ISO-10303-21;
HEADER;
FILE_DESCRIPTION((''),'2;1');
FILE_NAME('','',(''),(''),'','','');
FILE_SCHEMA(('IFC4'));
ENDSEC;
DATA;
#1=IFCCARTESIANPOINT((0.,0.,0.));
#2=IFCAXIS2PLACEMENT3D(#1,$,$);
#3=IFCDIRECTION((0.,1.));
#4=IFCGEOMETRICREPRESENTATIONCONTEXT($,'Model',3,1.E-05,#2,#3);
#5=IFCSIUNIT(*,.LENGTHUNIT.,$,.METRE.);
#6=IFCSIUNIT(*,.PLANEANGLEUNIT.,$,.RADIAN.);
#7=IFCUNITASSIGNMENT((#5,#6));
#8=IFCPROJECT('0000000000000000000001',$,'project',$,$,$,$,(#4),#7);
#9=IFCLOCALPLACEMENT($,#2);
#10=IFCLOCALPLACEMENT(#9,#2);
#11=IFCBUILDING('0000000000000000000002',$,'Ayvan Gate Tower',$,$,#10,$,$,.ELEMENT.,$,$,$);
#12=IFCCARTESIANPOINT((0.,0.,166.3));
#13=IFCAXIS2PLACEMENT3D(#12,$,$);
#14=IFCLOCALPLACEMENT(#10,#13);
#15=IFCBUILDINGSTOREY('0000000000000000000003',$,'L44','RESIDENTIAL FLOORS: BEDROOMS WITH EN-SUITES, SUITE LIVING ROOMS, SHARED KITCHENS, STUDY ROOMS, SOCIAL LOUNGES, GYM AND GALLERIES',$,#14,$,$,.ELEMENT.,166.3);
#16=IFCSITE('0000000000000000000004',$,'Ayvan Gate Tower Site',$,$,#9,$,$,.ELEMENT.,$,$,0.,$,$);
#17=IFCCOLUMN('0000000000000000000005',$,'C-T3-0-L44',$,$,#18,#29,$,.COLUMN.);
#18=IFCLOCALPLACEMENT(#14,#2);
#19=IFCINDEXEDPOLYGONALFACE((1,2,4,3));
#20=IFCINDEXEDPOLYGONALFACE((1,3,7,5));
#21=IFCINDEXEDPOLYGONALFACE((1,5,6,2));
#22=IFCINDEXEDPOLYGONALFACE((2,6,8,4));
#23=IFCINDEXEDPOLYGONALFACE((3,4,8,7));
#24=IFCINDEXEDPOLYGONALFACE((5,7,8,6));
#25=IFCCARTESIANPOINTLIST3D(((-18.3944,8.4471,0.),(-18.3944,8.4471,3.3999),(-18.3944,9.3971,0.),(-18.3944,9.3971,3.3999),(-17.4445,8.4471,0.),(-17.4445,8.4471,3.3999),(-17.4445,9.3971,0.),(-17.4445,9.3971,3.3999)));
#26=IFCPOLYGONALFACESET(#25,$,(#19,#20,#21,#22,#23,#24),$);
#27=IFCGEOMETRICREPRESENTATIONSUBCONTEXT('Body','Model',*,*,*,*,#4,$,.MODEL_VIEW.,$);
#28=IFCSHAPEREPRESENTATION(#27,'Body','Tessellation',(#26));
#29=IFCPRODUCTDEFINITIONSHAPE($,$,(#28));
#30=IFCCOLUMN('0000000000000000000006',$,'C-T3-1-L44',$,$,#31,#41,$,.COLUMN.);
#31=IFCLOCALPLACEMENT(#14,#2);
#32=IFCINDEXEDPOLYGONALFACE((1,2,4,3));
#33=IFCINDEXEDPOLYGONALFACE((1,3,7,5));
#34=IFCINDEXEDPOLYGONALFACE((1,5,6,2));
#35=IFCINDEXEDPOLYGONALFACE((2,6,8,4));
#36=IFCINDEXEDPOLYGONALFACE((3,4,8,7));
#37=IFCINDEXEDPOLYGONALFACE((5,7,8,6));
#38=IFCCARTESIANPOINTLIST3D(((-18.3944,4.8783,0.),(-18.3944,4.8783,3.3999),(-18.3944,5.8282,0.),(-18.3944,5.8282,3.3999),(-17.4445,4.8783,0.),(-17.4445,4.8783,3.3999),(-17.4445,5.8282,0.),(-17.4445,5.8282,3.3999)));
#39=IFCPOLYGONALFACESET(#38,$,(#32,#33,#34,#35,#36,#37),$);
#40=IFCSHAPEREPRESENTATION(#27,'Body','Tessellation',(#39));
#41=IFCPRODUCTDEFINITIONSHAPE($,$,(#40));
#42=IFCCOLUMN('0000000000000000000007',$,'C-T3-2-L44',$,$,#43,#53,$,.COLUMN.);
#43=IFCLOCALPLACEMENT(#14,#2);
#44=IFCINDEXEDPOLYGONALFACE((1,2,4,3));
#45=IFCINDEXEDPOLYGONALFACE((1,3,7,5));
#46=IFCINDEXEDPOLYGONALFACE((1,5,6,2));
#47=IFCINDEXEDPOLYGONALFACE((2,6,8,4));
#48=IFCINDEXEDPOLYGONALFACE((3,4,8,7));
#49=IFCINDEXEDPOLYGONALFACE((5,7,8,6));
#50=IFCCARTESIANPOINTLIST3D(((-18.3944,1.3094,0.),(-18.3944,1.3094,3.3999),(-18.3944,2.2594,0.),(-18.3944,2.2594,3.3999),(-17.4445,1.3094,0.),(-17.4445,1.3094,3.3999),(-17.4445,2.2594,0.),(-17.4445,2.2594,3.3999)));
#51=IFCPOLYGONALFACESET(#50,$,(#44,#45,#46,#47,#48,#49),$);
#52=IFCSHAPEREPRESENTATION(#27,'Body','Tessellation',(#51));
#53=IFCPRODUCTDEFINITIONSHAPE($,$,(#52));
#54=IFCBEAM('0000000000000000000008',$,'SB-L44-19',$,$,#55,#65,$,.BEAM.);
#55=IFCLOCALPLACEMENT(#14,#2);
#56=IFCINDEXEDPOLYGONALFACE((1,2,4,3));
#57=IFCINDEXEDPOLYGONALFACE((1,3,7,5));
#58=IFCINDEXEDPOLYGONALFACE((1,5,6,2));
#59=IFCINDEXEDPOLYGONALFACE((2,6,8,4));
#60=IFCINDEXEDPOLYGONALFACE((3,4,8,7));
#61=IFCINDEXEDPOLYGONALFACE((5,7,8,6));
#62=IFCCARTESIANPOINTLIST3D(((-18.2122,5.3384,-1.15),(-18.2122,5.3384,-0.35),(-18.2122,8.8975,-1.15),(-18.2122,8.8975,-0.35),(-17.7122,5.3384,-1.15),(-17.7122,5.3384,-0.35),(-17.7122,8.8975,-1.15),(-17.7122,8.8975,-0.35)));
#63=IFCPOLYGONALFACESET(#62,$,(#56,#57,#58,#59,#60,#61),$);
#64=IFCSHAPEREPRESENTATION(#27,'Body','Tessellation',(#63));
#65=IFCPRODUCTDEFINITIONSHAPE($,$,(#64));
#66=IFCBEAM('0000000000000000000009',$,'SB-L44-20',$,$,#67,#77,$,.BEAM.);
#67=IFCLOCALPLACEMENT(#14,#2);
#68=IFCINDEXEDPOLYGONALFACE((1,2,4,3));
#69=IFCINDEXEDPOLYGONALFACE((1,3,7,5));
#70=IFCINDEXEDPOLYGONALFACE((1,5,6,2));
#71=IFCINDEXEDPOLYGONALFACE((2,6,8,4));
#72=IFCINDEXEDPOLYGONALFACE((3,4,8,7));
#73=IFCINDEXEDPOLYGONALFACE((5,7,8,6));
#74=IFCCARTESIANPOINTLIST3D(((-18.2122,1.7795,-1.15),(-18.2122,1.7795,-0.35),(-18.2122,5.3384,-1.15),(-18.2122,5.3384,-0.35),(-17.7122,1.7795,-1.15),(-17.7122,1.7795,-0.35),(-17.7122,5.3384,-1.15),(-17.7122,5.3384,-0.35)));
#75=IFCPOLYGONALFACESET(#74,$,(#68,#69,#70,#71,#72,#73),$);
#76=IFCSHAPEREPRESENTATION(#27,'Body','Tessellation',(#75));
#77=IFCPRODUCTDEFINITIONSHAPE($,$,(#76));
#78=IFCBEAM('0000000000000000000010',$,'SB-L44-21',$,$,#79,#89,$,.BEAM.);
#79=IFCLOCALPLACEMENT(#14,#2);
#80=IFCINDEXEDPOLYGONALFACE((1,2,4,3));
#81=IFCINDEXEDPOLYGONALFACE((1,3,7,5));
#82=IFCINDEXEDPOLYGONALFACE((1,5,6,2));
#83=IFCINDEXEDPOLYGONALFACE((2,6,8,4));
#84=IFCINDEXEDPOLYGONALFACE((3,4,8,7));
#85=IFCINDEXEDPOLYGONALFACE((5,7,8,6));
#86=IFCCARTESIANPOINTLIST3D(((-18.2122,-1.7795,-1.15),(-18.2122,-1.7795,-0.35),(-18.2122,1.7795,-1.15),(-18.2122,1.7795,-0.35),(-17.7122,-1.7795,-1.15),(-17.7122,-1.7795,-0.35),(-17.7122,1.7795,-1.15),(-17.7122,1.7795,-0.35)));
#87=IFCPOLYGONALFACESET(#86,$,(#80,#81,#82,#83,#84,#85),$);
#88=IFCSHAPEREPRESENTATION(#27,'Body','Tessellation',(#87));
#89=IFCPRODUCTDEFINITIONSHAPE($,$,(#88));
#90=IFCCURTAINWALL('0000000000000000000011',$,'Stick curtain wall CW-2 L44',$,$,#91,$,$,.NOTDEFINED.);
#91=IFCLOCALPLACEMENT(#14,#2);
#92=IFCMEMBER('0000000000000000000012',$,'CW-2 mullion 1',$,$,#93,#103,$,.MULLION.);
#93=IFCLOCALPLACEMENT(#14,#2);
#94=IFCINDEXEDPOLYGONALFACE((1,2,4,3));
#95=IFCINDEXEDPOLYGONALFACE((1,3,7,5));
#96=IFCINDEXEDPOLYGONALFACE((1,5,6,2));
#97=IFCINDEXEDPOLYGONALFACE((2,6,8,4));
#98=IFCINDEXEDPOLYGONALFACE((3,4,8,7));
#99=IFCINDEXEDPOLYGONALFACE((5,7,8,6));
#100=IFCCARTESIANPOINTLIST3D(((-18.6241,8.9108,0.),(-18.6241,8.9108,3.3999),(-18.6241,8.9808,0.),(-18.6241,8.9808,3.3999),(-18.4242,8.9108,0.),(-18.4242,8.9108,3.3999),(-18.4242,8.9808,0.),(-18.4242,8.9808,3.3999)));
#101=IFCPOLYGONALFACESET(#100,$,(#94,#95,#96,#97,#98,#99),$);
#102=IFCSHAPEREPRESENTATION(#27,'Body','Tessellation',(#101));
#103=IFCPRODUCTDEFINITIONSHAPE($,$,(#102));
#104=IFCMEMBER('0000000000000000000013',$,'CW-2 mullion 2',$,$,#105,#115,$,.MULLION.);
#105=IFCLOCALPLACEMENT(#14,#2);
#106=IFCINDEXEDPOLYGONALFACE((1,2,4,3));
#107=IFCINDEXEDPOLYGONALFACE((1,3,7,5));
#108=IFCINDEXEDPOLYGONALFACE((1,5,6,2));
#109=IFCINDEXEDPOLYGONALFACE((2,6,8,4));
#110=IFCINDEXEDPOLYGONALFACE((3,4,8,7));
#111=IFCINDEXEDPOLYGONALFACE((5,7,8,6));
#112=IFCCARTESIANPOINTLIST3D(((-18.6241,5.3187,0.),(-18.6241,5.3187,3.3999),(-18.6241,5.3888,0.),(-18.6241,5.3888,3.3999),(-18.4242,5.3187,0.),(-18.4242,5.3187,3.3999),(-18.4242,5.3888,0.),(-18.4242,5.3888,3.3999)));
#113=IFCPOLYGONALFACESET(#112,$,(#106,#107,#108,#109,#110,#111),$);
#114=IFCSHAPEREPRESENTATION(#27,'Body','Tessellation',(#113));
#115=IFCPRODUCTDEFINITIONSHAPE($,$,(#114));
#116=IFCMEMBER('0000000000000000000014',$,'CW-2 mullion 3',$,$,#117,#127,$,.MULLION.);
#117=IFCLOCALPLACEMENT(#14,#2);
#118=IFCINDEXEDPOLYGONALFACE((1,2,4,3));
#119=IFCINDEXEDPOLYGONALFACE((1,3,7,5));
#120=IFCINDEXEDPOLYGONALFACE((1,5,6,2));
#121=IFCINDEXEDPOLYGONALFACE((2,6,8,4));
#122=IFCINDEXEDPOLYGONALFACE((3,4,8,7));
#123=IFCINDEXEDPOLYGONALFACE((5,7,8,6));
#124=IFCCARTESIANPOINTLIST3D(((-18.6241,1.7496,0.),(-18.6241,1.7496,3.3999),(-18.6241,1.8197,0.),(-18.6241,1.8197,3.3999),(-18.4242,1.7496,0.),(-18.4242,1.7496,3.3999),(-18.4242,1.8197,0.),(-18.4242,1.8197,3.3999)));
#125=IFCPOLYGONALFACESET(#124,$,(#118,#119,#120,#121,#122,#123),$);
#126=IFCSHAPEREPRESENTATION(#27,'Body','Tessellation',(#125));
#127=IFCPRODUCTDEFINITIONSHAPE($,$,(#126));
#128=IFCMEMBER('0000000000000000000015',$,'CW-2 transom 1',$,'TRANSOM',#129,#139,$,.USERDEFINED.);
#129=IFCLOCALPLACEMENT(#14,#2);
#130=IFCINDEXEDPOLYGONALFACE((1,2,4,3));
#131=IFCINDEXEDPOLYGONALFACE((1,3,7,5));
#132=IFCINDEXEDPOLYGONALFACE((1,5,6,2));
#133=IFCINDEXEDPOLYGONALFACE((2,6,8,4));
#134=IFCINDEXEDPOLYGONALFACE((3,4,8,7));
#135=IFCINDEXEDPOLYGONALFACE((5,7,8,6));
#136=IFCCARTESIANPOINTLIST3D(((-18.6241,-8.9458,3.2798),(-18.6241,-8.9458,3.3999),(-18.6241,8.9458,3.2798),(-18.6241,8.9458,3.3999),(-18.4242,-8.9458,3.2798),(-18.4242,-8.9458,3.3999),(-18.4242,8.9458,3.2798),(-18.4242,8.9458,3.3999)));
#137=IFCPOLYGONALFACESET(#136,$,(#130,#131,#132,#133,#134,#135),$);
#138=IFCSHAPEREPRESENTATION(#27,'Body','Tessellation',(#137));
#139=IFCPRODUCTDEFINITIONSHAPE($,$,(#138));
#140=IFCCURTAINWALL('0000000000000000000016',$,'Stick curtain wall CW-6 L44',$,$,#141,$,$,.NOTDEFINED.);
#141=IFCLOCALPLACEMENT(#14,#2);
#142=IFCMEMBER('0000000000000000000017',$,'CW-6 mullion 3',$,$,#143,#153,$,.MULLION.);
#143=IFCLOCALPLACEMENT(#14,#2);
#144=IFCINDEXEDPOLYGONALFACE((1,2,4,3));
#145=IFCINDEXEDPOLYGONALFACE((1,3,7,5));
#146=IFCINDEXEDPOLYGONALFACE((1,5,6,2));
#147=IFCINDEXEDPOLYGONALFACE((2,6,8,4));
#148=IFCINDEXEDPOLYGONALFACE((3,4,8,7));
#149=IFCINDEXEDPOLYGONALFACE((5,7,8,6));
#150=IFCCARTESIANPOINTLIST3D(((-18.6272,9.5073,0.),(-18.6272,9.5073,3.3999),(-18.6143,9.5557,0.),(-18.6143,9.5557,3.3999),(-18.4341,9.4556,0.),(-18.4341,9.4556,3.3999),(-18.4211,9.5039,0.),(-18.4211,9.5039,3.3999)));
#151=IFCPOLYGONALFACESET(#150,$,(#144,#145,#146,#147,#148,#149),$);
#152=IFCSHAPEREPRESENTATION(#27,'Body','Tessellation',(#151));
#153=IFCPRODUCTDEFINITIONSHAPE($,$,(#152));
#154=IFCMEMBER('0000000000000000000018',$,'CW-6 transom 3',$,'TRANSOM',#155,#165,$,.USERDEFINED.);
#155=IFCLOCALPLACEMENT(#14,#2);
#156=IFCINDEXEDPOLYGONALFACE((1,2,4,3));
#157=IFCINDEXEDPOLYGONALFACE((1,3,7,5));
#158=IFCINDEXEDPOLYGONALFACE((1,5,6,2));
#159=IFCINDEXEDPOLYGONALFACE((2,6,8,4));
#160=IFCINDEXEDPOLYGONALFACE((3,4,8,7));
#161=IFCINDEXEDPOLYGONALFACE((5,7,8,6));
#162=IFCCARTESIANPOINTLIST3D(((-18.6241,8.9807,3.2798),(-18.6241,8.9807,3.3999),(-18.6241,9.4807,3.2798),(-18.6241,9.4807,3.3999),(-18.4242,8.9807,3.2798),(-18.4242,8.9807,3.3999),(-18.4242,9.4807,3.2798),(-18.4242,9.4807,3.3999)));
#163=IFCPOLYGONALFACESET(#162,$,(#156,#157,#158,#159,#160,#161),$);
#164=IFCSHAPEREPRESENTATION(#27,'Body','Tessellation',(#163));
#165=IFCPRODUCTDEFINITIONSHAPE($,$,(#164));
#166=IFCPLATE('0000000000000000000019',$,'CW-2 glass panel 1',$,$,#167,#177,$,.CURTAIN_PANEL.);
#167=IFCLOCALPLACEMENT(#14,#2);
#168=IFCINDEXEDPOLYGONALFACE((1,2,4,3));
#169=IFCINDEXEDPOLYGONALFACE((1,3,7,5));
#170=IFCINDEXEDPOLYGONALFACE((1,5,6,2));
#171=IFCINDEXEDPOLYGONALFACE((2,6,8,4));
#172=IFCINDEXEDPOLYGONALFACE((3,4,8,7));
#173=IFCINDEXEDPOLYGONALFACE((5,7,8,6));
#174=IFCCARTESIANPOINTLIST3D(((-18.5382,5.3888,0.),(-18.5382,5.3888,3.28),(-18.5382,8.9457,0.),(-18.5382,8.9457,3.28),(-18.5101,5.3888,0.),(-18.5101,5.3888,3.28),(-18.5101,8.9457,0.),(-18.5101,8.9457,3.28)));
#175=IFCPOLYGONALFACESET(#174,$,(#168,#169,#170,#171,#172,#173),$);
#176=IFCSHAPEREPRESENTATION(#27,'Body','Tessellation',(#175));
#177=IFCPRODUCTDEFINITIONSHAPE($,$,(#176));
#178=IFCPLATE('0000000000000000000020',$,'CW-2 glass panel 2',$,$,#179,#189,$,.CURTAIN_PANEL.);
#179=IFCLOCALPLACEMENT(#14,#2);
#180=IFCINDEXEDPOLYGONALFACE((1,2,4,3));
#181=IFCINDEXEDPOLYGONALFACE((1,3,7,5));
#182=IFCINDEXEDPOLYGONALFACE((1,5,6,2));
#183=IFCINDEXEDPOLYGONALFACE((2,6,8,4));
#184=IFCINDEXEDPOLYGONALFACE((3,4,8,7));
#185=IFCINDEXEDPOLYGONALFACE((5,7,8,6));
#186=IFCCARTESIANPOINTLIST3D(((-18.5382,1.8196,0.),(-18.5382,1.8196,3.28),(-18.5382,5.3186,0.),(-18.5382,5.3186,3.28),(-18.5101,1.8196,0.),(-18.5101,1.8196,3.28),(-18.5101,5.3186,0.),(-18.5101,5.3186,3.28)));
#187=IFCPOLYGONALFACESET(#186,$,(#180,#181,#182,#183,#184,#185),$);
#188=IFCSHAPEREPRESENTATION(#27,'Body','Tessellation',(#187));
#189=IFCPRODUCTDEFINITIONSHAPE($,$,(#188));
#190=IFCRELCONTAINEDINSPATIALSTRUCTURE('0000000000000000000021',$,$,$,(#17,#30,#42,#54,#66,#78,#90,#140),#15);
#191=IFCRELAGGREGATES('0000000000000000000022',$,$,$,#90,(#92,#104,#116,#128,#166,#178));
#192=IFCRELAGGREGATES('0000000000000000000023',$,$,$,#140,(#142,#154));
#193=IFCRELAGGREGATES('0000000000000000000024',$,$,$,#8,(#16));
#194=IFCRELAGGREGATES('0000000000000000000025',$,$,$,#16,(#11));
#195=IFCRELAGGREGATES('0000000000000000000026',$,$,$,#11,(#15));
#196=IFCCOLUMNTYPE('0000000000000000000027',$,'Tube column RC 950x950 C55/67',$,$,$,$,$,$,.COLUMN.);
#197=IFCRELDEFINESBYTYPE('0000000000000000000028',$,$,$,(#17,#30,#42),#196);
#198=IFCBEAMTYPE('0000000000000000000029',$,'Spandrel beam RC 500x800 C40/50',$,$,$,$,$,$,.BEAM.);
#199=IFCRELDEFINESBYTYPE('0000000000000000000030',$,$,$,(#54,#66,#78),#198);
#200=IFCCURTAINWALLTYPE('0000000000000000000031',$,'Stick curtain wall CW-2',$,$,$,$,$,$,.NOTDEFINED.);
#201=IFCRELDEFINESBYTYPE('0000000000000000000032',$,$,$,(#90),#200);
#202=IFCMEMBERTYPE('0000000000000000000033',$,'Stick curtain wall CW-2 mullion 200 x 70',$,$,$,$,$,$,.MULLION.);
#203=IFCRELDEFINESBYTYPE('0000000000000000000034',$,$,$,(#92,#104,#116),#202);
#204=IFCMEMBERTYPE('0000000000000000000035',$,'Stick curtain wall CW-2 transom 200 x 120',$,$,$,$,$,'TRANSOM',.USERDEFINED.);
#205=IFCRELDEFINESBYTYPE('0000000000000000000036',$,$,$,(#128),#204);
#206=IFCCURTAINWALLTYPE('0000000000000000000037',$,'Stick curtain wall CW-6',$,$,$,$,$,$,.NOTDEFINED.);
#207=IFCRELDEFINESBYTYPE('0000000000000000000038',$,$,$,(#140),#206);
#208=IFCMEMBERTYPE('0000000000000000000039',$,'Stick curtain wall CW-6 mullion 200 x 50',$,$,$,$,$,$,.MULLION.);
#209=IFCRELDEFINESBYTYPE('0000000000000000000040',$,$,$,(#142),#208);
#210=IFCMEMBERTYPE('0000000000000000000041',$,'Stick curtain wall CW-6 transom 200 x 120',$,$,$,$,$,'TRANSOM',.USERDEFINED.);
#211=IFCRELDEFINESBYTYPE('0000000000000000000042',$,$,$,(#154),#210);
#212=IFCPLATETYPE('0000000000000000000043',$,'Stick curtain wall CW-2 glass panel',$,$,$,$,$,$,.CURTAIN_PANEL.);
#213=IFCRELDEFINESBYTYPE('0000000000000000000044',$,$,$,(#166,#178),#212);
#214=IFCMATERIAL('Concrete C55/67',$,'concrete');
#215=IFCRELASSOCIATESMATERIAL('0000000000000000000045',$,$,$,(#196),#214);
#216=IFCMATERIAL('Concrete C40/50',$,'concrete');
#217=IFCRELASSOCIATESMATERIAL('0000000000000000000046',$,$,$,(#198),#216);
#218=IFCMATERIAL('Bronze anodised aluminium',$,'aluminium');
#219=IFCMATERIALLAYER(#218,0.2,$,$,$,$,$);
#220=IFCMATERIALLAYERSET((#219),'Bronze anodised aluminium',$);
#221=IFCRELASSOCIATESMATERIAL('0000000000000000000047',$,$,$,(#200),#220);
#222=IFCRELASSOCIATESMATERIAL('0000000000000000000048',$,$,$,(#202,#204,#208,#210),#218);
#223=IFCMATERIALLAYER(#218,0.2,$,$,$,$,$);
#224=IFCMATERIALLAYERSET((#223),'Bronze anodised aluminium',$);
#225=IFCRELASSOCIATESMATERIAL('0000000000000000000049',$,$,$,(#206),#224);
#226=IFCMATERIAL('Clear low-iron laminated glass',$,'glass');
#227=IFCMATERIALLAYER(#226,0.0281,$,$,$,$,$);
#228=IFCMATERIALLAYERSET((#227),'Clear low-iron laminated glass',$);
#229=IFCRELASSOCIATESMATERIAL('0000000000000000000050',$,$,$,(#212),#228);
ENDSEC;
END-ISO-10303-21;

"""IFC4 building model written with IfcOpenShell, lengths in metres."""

from ifc_helpers import new_model, si_unit, direction, frame, origin, origin_2d, place, context, subcontext, project, spatial, rectangle, extrude, material, layer, layer_set, material_profile, profile_set, type_object, element, aggregate, save


model = new_model("IFC4")

# Units and contexts
model_context = context("Model", 3, precision=1e-05, world=origin(), true_north=direction((0.0, 1.0)))
body_context = subcontext(model_context, "Body", "Model", "MODEL_VIEW")
ifc_project = project(units=[si_unit("LENGTHUNIT", "METRE"), si_unit("PLANEANGLEUNIT", "RADIAN")], contexts=[model_context])

# Site, building, storey
site_placement = place(None, origin())
site = spatial("IfcSite", under=ifc_project, at=site_placement, Name="Ayvan Gate Tower Site", CompositionType="ELEMENT", RefElevation=0.0)
building_placement = place(site_placement, origin())
building = spatial("IfcBuilding", under=site, at=building_placement, Name="Ayvan Gate Tower", CompositionType="ELEMENT")
storey_placement = place(building_placement, frame((0.0, 0.0, 166.3)))
storey = spatial("IfcBuildingStorey", under=building, at=storey_placement, Name="L44", Description="RESIDENTIAL FLOORS: BEDROOMS WITH EN-SUITES, SUITE LIVING ROOMS, SHARED KITCHENS, STUDY ROOMS, SOCIAL LOUNGES, GYM AND GALLERIES", CompositionType="ELEMENT", Elevation=166.3)

# Columns
ifc_material_1 = material(Name="Concrete C55/67", Category="concrete")
ifc_material_profile_1 = material_profile(ifc_material_1, rectangle(XDim=0.95, YDim=0.95, at=origin_2d()), Name="RC 950x950")
ifc_profile_set_1 = profile_set([ifc_material_profile_1], Name="Concrete C55/67")
column_type = type_object("IfcColumnType", Name="Tube column RC 950x950 C55/67", PredefinedType="COLUMN", material=ifc_profile_set_1)
for number, where, z_axis, x_axis, name in (
    (1, (-17.9194, 8.9221, 0.0), (0.0, 0.0, 1.0), (-1.0, 0.0, 0.0), "C-T3-0-L44"),
    (2, (-17.9194, 5.3533, 0.0), (0.0, 0.0, 1.0), (-1.0, 0.0, 0.0), "C-T3-1-L44"),
    (3, (-17.9194, 1.7844, 0.0), (0.0, 0.0, 1.0), (-1.0, 0.0, 0.0), "C-T3-2-L44"),
):
    element("IfcColumn", number, at=place(storey_placement, frame(where, z_axis=z_axis, x_axis=x_axis)), inside=storey, type_object=column_type, Name=name, PredefinedType="COLUMN", context=body_context, shape_type="SweptSolid", body=[
        extrude(rectangle(XDim=0.95, YDim=0.95, at=origin_2d()), origin(), (0.0, 0.0, 1.0), 3.3999),
    ])

# Beams
ifc_material_2 = material(Name="Concrete C40/50", Category="concrete")
ifc_material_profile_2 = material_profile(ifc_material_2, rectangle(XDim=0.5, YDim=0.8, at=origin_2d()), Name="RC 500x800")
ifc_profile_set_2 = profile_set([ifc_material_profile_2], Name="Concrete C40/50")
beam_type = type_object("IfcBeamType", Name="Spandrel beam RC 500x800 C40/50", PredefinedType="BEAM", material=ifc_profile_set_2)
beam_1_placement = place(storey_placement, frame((-17.9622, 8.8975, -0.75), z_axis=(0.0, -1.0, 0.0), x_axis=(1.0, 0.0, 0.0)))
element("IfcBeam", 4, at=beam_1_placement, inside=storey, type_object=beam_type, Name="SB-L44-19", PredefinedType="BEAM", context=body_context, shape_type="SweptSolid", body=[
    extrude(rectangle(XDim=0.5, YDim=0.8, at=origin_2d()), origin(), (0.0, 0.0, 1.0), 3.5591),
])
beam_2_placement = place(storey_placement, frame((-17.9622, 5.3384, -0.75), z_axis=(0.0, -1.0, 0.0), x_axis=(1.0, 0.0, 0.0)))
element("IfcBeam", 5, at=beam_2_placement, inside=storey, type_object=beam_type, Name="SB-L44-20", PredefinedType="BEAM", context=body_context, shape_type="SweptSolid", body=[
    extrude(rectangle(XDim=0.5, YDim=0.8, at=origin_2d()), origin(), (0.0, 0.0, 1.0), 3.5588),
])
beam_3_placement = place(storey_placement, frame((-17.9622, 1.7795, -0.75), z_axis=(0.0, -1.0, 0.0), x_axis=(1.0, 0.0, 0.0)))
element("IfcBeam", 6, at=beam_3_placement, inside=storey, type_object=beam_type, Name="SB-L44-21", PredefinedType="BEAM", context=body_context, shape_type="SweptSolid", body=[
    extrude(rectangle(XDim=0.5, YDim=0.8, at=origin_2d()), origin(), (0.0, 0.0, 1.0), 3.5591),
])

# Curtain walls, members
ifc_material_3 = material(Name="Bronze anodised aluminium", Category="aluminium")
ifc_layer_1 = layer(ifc_material_3, 0.2)
ifc_layer_set_1 = layer_set([ifc_layer_1], Name="Bronze anodised aluminium")
curtain_wall_type_1 = type_object("IfcCurtainWallType", Name="Stick curtain wall CW-2", PredefinedType="NOTDEFINED", material=ifc_layer_set_1)
curtain_wall_1_placement = place(storey_placement, origin())
curtain_wall_1 = element("IfcCurtainWall", 7, at=curtain_wall_1_placement, inside=storey, type_object=curtain_wall_type_1, Name="Stick curtain wall CW-2 L44", PredefinedType="NOTDEFINED")
ifc_material_profile_3 = material_profile(ifc_material_3, rectangle(XDim=0.2, YDim=0.0701, at=origin_2d()), Name="Stick curtain wall CW-2 mullion 200 x 70")
ifc_profile_set_3 = profile_set([ifc_material_profile_3], Name="Bronze anodised aluminium")
member_type_1 = type_object("IfcMemberType", Name="Stick curtain wall CW-2 mullion 200 x 70", PredefinedType="MULLION", material=ifc_profile_set_3)
member_1_placement = place(storey_placement, frame((-18.5242, 8.9458, 0.0), z_axis=(0.0, 0.0, 1.0), x_axis=(-1.0, 0.0, 0.0)))
member_1 = element("IfcMember", 8, at=member_1_placement, type_object=member_type_1, Name="CW-2 mullion 1", PredefinedType="MULLION", context=body_context, shape_type="SweptSolid", body=[
    extrude(rectangle(XDim=0.2, YDim=0.0701, at=origin_2d()), origin(), (0.0, 0.0, 1.0), 3.3999),
])
member_2_placement = place(storey_placement, frame((-18.5242, 5.3538, 0.0), z_axis=(0.0, 0.0, 1.0), x_axis=(-1.0, 0.0, 0.0)))
member_2 = element("IfcMember", 9, at=member_2_placement, type_object=member_type_1, Name="CW-2 mullion 2", PredefinedType="MULLION", context=body_context, shape_type="SweptSolid", body=[
    extrude(rectangle(XDim=0.2, YDim=0.0701, at=origin_2d()), origin(), (0.0, 0.0, 1.0), 3.3999),
])
member_3_placement = place(storey_placement, frame((-18.5242, 1.7847, 0.0), z_axis=(0.0, 0.0, 1.0), x_axis=(-1.0, 0.0, 0.0)))
member_3 = element("IfcMember", 10, at=member_3_placement, type_object=member_type_1, Name="CW-2 mullion 3", PredefinedType="MULLION", context=body_context, shape_type="SweptSolid", body=[
    extrude(rectangle(XDim=0.2, YDim=0.0701, at=origin_2d()), origin(), (0.0, 0.0, 1.0), 3.3999),
])
ifc_material_profile_4 = material_profile(ifc_material_3, rectangle(XDim=0.2, YDim=0.1201, at=origin_2d()), Name="Stick curtain wall CW-2 transom 200 x 120")
ifc_profile_set_4 = profile_set([ifc_material_profile_4], Name="Bronze anodised aluminium")
member_type_2 = type_object("IfcMemberType", Name="Stick curtain wall CW-2 transom 200 x 120", ElementType="TRANSOM", PredefinedType="USERDEFINED", material=ifc_profile_set_4)
member_4_placement = place(storey_placement, frame((-18.5242, 8.9458, 3.3398), z_axis=(0.0, -1.0, 0.0), x_axis=(1.0, 0.0, 0.0)))
member_4 = element("IfcMember", 11, at=member_4_placement, type_object=member_type_2, Name="CW-2 transom 1", ObjectType="TRANSOM", PredefinedType="USERDEFINED", context=body_context, shape_type="SweptSolid", body=[
    extrude(rectangle(XDim=0.2, YDim=0.1201, at=origin_2d()), origin(), (0.0, 0.0, 1.0), 17.8916),
])
ifc_layer_2 = layer(ifc_material_3, 0.2)
ifc_layer_set_2 = layer_set([ifc_layer_2], Name="Bronze anodised aluminium")
curtain_wall_type_2 = type_object("IfcCurtainWallType", Name="Stick curtain wall CW-6", PredefinedType="NOTDEFINED", material=ifc_layer_set_2)
curtain_wall_2_placement = place(storey_placement, origin())
curtain_wall_2 = element("IfcCurtainWall", 12, at=curtain_wall_2_placement, inside=storey, type_object=curtain_wall_type_2, Name="Stick curtain wall CW-6 L44", PredefinedType="NOTDEFINED")
ifc_material_profile_5 = material_profile(ifc_material_3, rectangle(XDim=0.2, YDim=0.05, at=origin_2d()), Name="Stick curtain wall CW-6 mullion 200 x 50")
ifc_profile_set_5 = profile_set([ifc_material_profile_5], Name="Bronze anodised aluminium")
member_type_3 = type_object("IfcMemberType", Name="Stick curtain wall CW-6 mullion 200 x 50", PredefinedType="MULLION", material=ifc_profile_set_5)
member_5_placement = place(storey_placement, frame((-18.5242, 9.5056, 0.0), z_axis=(0.0, 0.0, 1.0), x_axis=(-0.965926, 0.258819, 0.0)))
member_5 = element("IfcMember", 13, at=member_5_placement, type_object=member_type_3, Name="CW-6 mullion 3", PredefinedType="MULLION", context=body_context, shape_type="SweptSolid", body=[
    extrude(rectangle(XDim=0.2, YDim=0.05, at=origin_2d()), origin(), (0.0, 0.0, 1.0), 3.3999),
])
ifc_material_profile_6 = material_profile(ifc_material_3, rectangle(XDim=0.2, YDim=0.1201, at=origin_2d()), Name="Stick curtain wall CW-6 transom 200 x 120")
ifc_profile_set_6 = profile_set([ifc_material_profile_6], Name="Bronze anodised aluminium")
member_type_4 = type_object("IfcMemberType", Name="Stick curtain wall CW-6 transom 200 x 120", ElementType="TRANSOM", PredefinedType="USERDEFINED", material=ifc_profile_set_6)
member_6_placement = place(storey_placement, frame((-18.5242, 9.4807, 3.3398), z_axis=(0.0, -1.0, 0.0), x_axis=(1.0, 0.0, 0.0)))
member_6 = element("IfcMember", 14, at=member_6_placement, type_object=member_type_4, Name="CW-6 transom 3", ObjectType="TRANSOM", PredefinedType="USERDEFINED", context=body_context, shape_type="SweptSolid", body=[
    extrude(rectangle(XDim=0.2, YDim=0.1201, at=origin_2d()), origin(), (0.0, 0.0, 1.0), 0.5),
])

# Plates
ifc_material_4 = material(Name="Clear low-iron laminated glass", Category="glass")
ifc_layer_3 = layer(ifc_material_4, 0.0281)
ifc_layer_set_3 = layer_set([ifc_layer_3], Name="Clear low-iron laminated glass")
plate_type_1 = type_object("IfcPlateType", Name="Stick curtain wall CW-2 glass panel", PredefinedType="CURTAIN_PANEL", material=ifc_layer_set_3)
plate_1_placement = place(storey_placement, frame((-18.5242, 7.1672, 0.0), z_axis=(0.0, 0.0, 1.0), x_axis=(0.0, -1.0, 0.0)))
plate_1 = element("IfcPlate", 15, at=plate_1_placement, type_object=plate_type_1, Name="CW-2 glass panel 1", PredefinedType="CURTAIN_PANEL", context=body_context, shape_type="SweptSolid", body=[
    extrude(rectangle(XDim=3.5569, YDim=0.0281, at=origin_2d()), origin(), (0.0, 0.0, 1.0), 3.28),
])
plate_2_placement = place(storey_placement, frame((-18.5242, 3.5691, 0.0), z_axis=(0.0, 0.0, 1.0), x_axis=(0.0, -1.0, 0.0)))
plate_2 = element("IfcPlate", 16, at=plate_2_placement, type_object=plate_type_1, Name="CW-2 glass panel 2", PredefinedType="CURTAIN_PANEL", context=body_context, shape_type="SweptSolid", body=[
    extrude(rectangle(XDim=3.499, YDim=0.0281, at=origin_2d()), origin(), (0.0, 0.0, 1.0), 3.28),
])
aggregate(curtain_wall_1, [member_1, member_2, member_3, member_4, plate_1, plate_2])
aggregate(curtain_wall_2, [member_5, member_6])

save(model, "model.ifc")
